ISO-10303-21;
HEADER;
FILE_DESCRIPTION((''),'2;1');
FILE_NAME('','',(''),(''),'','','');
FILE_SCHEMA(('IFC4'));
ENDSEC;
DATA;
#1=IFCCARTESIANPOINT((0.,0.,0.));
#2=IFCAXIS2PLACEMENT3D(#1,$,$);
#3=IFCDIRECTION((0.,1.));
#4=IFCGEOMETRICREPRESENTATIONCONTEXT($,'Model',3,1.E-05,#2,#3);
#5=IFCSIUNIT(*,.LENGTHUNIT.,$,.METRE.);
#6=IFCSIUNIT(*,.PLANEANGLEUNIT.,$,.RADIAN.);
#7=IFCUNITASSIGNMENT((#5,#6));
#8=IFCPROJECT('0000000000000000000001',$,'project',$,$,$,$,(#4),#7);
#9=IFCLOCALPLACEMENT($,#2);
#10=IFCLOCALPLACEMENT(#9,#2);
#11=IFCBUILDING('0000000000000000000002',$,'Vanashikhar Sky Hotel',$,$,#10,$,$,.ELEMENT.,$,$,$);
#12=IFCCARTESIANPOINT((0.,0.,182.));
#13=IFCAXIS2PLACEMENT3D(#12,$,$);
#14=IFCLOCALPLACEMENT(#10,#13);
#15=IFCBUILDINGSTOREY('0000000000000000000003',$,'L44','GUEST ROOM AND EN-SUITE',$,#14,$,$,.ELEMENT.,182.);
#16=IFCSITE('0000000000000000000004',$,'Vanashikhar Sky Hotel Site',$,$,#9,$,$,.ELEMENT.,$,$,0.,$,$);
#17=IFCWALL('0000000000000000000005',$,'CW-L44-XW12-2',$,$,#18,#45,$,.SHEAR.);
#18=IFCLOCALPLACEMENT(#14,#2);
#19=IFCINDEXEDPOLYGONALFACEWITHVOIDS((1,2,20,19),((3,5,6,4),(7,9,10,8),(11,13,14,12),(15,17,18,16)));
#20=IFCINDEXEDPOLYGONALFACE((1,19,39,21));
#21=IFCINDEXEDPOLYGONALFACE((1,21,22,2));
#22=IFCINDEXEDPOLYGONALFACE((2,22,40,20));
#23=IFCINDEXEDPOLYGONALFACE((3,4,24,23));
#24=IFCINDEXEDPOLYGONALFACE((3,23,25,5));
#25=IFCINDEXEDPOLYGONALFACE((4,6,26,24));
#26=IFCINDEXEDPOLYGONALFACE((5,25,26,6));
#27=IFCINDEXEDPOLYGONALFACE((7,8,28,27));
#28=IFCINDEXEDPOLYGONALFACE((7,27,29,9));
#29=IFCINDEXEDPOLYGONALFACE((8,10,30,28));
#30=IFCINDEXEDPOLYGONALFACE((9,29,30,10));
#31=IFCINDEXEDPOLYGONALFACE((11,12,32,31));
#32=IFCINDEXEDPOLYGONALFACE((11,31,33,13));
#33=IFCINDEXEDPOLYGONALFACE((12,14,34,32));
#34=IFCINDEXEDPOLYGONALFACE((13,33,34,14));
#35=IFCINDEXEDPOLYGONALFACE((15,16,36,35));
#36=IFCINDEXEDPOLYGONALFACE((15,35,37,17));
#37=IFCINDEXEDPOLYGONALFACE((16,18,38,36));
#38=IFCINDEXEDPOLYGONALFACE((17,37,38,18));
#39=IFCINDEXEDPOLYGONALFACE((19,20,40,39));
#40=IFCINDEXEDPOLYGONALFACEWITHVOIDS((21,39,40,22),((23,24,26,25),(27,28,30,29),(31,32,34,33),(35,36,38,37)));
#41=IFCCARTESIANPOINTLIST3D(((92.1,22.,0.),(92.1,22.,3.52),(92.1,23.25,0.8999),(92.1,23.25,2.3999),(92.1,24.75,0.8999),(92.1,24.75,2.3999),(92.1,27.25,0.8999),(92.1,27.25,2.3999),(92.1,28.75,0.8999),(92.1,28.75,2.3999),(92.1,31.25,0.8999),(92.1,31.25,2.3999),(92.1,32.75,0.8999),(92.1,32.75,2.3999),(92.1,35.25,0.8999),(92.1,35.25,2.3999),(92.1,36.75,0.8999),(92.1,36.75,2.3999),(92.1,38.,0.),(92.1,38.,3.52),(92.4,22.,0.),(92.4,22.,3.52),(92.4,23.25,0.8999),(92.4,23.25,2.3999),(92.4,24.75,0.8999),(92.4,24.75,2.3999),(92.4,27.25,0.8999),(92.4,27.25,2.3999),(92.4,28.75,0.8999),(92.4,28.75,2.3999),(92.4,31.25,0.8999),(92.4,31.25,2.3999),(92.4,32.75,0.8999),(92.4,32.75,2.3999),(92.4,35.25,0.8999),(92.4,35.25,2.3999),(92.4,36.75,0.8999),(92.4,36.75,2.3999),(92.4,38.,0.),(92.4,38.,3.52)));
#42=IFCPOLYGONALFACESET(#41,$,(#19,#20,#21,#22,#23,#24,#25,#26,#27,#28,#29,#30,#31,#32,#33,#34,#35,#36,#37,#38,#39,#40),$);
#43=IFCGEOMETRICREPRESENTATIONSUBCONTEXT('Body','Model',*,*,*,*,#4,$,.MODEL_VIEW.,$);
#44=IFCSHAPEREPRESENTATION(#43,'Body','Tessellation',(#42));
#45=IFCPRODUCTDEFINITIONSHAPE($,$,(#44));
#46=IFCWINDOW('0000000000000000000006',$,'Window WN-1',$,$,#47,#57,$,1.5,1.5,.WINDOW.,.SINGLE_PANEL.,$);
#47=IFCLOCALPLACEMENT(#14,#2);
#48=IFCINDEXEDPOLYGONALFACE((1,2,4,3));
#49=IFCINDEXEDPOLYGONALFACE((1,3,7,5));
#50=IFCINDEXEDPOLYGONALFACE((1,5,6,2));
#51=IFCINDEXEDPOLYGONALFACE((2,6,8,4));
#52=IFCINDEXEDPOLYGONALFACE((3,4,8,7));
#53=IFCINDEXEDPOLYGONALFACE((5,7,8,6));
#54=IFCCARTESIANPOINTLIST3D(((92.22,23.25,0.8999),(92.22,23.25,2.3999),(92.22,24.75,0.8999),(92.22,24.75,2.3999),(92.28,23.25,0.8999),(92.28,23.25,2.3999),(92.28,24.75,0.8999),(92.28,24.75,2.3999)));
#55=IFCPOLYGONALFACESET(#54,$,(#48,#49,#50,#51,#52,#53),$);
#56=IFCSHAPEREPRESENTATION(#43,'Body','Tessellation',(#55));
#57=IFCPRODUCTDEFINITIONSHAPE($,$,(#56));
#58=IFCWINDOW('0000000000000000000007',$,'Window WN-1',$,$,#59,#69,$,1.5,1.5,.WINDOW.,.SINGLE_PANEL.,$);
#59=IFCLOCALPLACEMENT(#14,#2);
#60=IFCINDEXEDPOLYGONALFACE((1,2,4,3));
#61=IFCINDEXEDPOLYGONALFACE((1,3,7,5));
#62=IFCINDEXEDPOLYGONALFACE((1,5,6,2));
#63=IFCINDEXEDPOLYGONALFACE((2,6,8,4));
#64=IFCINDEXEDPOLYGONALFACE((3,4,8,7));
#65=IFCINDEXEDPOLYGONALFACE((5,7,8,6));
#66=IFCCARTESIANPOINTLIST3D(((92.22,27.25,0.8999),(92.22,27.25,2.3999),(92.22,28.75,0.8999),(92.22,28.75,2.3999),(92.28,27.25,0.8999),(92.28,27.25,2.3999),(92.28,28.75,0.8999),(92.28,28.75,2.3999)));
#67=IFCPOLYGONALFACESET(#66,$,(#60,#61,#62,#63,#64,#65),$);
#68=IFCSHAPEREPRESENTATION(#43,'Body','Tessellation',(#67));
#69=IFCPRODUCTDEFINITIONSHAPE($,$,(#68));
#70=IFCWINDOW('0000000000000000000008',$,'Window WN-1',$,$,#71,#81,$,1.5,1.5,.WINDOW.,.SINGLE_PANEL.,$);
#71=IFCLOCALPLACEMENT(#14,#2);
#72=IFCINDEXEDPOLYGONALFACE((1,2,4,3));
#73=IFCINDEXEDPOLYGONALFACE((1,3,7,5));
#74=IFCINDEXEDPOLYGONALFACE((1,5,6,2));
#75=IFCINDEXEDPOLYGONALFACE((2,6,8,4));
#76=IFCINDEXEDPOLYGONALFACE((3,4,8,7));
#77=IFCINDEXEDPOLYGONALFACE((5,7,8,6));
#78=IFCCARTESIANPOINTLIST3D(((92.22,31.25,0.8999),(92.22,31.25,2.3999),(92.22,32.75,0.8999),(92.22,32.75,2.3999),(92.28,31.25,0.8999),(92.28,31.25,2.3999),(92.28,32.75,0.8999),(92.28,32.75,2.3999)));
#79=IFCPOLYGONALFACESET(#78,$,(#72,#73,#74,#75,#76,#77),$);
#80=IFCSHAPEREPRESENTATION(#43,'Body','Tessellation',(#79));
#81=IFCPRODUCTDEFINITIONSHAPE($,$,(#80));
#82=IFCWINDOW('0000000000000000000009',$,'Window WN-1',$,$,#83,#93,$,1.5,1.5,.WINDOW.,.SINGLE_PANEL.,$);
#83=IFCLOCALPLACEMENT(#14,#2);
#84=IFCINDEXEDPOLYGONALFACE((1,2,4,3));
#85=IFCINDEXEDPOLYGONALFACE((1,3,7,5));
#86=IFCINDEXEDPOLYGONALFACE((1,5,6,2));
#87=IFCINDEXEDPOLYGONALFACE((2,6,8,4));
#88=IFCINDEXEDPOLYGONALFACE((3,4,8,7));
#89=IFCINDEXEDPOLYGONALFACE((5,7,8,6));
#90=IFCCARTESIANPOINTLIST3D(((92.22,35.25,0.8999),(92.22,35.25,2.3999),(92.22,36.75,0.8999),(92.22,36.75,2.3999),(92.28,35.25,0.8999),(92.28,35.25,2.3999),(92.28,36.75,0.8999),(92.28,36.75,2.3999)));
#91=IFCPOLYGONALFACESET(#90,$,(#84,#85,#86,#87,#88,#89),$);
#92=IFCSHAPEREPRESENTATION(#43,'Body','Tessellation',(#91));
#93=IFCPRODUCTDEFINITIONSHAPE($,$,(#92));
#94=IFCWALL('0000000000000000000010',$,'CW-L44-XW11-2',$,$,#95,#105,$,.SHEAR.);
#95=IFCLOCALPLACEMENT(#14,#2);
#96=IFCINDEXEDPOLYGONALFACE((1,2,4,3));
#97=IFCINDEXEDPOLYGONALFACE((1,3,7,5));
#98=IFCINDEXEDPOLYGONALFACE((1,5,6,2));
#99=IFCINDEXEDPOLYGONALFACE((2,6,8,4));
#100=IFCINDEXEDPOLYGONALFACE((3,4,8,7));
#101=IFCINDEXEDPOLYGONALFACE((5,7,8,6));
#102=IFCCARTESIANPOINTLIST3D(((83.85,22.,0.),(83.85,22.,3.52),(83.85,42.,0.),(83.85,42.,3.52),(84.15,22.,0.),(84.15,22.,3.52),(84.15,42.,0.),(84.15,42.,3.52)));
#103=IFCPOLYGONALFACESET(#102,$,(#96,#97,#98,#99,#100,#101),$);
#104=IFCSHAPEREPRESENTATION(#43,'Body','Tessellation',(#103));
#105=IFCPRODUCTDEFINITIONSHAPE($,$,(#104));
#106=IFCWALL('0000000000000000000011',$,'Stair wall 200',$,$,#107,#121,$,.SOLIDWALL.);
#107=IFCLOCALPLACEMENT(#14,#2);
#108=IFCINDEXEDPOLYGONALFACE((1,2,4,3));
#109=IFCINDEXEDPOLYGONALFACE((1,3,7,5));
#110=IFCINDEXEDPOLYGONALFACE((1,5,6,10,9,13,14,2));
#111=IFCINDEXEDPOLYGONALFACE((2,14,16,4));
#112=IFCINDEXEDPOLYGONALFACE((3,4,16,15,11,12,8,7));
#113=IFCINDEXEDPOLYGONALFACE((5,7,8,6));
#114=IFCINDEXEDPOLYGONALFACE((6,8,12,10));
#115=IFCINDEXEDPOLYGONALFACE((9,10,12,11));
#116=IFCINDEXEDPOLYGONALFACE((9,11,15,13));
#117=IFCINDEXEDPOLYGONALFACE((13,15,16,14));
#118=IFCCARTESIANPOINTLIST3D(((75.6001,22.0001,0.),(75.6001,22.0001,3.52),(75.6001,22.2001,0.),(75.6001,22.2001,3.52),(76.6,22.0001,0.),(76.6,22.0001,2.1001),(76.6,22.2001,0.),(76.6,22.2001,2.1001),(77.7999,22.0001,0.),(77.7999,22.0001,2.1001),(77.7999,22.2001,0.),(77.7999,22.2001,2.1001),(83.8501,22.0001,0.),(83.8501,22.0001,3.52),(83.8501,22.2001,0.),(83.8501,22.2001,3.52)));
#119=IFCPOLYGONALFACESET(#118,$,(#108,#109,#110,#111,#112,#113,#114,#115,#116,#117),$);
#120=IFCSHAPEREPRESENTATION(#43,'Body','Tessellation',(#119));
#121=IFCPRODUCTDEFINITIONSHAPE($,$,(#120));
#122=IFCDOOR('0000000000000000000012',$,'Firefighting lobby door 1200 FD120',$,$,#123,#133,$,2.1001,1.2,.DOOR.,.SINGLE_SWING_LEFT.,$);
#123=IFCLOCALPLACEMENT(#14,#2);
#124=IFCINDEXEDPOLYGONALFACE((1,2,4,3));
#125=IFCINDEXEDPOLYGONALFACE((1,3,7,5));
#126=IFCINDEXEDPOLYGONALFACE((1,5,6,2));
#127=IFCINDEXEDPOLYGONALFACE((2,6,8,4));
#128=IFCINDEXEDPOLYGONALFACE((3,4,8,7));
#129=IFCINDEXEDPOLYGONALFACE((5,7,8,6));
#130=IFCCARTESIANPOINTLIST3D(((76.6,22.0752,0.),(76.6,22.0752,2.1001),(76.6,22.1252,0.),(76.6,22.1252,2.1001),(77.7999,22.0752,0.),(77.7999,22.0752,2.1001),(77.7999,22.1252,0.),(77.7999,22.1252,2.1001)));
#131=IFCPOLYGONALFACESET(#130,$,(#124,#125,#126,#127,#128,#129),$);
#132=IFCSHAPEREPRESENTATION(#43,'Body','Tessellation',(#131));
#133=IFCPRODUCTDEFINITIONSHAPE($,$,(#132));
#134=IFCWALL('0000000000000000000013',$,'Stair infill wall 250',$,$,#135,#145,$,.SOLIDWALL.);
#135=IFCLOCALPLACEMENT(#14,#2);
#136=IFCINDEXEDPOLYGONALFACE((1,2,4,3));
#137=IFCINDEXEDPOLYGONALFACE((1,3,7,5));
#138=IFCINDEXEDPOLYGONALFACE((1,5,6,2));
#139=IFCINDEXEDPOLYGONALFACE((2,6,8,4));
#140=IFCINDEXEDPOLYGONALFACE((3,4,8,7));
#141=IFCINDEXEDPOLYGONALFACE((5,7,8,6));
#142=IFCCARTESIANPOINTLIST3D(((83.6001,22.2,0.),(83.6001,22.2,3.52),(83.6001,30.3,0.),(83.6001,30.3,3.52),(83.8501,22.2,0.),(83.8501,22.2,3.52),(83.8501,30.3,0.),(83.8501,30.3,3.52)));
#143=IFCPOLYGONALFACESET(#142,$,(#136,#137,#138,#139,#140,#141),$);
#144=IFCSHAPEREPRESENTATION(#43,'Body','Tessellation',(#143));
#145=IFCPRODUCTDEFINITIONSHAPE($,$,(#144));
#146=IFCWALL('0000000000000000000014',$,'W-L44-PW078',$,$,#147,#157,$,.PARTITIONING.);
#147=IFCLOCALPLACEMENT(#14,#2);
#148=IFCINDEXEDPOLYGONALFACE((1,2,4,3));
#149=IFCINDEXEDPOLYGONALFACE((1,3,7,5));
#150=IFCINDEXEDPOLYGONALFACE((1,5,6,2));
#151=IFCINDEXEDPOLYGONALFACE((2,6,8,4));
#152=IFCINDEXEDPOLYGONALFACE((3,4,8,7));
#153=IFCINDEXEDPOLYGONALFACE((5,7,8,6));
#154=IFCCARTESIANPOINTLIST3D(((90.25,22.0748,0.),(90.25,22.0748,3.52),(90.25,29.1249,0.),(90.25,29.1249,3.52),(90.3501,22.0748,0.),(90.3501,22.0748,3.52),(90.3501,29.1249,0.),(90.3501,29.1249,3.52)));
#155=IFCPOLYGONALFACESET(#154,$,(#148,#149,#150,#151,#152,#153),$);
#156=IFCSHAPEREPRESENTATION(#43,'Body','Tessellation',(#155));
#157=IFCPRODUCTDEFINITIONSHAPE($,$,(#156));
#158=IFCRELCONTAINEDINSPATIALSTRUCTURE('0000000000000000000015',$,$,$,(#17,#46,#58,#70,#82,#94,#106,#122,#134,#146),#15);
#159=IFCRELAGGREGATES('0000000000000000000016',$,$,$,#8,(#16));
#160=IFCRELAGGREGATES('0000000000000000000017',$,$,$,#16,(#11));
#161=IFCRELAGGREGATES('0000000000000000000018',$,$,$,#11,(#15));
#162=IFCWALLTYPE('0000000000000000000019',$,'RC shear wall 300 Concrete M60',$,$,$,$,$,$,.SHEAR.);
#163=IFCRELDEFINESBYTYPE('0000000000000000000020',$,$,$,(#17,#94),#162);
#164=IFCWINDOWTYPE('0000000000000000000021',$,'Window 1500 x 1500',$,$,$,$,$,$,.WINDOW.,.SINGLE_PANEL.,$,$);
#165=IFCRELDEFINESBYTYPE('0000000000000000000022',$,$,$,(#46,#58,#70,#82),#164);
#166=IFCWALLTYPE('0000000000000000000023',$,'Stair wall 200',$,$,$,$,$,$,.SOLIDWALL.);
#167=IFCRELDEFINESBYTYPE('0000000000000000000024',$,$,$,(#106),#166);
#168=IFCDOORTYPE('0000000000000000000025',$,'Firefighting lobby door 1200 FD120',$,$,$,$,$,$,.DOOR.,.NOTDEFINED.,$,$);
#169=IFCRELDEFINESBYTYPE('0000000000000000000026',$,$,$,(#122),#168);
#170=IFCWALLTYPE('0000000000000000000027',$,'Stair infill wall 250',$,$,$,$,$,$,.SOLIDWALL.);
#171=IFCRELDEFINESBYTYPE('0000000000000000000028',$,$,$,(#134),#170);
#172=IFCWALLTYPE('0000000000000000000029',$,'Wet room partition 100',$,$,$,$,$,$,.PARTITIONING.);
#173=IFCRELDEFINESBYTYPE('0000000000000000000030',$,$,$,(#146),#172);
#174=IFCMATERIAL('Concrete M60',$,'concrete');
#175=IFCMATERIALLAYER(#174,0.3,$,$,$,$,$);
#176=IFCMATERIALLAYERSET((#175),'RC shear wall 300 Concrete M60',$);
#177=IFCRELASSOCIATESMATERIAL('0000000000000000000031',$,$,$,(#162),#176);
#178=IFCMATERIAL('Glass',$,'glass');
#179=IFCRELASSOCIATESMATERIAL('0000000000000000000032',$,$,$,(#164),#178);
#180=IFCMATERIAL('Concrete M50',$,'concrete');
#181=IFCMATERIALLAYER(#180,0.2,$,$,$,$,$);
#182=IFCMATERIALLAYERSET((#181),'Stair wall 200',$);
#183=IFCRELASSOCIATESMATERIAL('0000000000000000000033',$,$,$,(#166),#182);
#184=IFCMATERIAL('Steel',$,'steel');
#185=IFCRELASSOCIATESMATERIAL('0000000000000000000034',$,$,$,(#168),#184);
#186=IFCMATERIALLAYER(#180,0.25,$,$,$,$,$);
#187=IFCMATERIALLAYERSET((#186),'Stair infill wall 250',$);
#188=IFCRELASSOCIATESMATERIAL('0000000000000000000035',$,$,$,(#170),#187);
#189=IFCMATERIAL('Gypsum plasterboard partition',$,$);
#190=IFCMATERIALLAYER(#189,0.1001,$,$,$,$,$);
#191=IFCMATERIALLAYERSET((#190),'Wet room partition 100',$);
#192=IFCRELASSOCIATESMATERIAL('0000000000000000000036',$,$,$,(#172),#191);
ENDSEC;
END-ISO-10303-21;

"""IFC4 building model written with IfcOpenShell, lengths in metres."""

from ifc_helpers import new_model, si_unit, direction, frame, frame_2d, origin, place, context, subcontext, project, spatial, rectangle, extrude, source, transform, mapped, material, layer, layer_set, type_object, element, fill, save


model = new_model("IFC4")

# Units and contexts
model_context = context("Model", 3, precision=1e-05, world=origin(), true_north=direction((0.0, 1.0)))
body_context = subcontext(model_context, "Body", "Model", "MODEL_VIEW")
ifc_project = project(units=[si_unit("LENGTHUNIT", "METRE"), si_unit("PLANEANGLEUNIT", "RADIAN")], contexts=[model_context])

# Site, building, storey
site_placement = place(None, origin())
site = spatial("IfcSite", under=ifc_project, at=site_placement, Name="Vanashikhar Sky Hotel Site", CompositionType="ELEMENT", RefElevation=0.0)
building_placement = place(site_placement, origin())
building = spatial("IfcBuilding", under=site, at=building_placement, Name="Vanashikhar Sky Hotel", CompositionType="ELEMENT")
storey_placement = place(building_placement, frame((0.0, 0.0, 182.0)))
storey = spatial("IfcBuildingStorey", under=building, at=storey_placement, Name="L44", Description="GUEST ROOM AND EN-SUITE", CompositionType="ELEMENT", Elevation=182.0)

# Wall, openings, windows
ifc_material_1 = material(Name="Concrete M60", Category="concrete")
ifc_layer_1 = layer(ifc_material_1, 0.3)
ifc_layer_set_1 = layer_set([ifc_layer_1], Name="RC shear wall 300 Concrete M60")
wall_type_1 = type_object("IfcWallType", Name="RC shear wall 300 Concrete M60", PredefinedType="SHEAR", material=ifc_layer_set_1)
shared_shape_1 = source(origin(), body_context, "Body", "SweptSolid", [
    extrude(rectangle(XDim=16.0, YDim=0.3, at=frame_2d((8.0, 0.0))), origin(), (0.0, 0.0, 1.0), 3.52),
])
wall_1_placement = place(storey_placement, frame((92.25, 22.0, 0.0), z_axis=(0.0, 0.0, 1.0), x_axis=(0.0, 1.0, 0.0)))
wall_1 = element("IfcWall", 1, at=wall_1_placement, inside=storey, type_object=wall_type_1, Name="CW-L44-XW12-2", PredefinedType="SHEAR", context=body_context, shape_type="MappedRepresentation", body=[
    mapped(shared_shape_1, transform((0.0, 0.0, 0.0), scale=1.0)),
])
shared_shape_2 = source(origin(), body_context, "Body", "SweptSolid", [
    extrude(rectangle(XDim=1.5, YDim=1.5, at=frame_2d((0.75, 0.75))), frame((0.0, 0.1602, 0.0), z_axis=(0.0, -1.0, 0.0), x_axis=(1.0, 0.0, 0.0)), (0.0, 0.0, 1.0), 0.3201),
])
opening_1_placement = place(wall_1_placement, frame((1.25, 0.0, 0.8999)))
opening_1 = element("IfcOpeningElement", 2, at=opening_1_placement, cuts=wall_1, PredefinedType="OPENING", context=body_context, shape_type="MappedRepresentation", body=[
    mapped(shared_shape_2, transform((0.0, 0.0, 0.0), scale=1.0)),
])
opening_2_placement = place(wall_1_placement, frame((5.25, 0.0, 0.8999)))
opening_2 = element("IfcOpeningElement", 3, at=opening_2_placement, cuts=wall_1, PredefinedType="OPENING", context=body_context, shape_type="MappedRepresentation", body=[
    mapped(shared_shape_2, transform((0.0, 0.0, 0.0), scale=1.0)),
])
opening_3_placement = place(wall_1_placement, frame((9.25, 0.0, 0.8999)))
opening_3 = element("IfcOpeningElement", 4, at=opening_3_placement, cuts=wall_1, PredefinedType="OPENING", context=body_context, shape_type="MappedRepresentation", body=[
    mapped(shared_shape_2, transform((0.0, 0.0, 0.0), scale=1.0)),
])
opening_4_placement = place(wall_1_placement, frame((13.25, 0.0, 0.8999)))
opening_4 = element("IfcOpeningElement", 5, at=opening_4_placement, cuts=wall_1, PredefinedType="OPENING", context=body_context, shape_type="MappedRepresentation", body=[
    mapped(shared_shape_2, transform((0.0, 0.0, 0.0), scale=1.0)),
])
ifc_material_2 = material(Name="Glass", Category="glass")
window_type = type_object("IfcWindowType", Name="Window 1500 x 1500", PartitioningType="SINGLE_PANEL", PredefinedType="WINDOW", material=ifc_material_2)
shared_shape_3 = source(origin(), body_context, "Body", "SweptSolid", [
    extrude(rectangle(XDim=1.5, YDim=1.5, at=frame_2d((0.75, 0.75))), frame((0.0, 0.03, 0.0), z_axis=(0.0, -1.0, 0.0), x_axis=(1.0, 0.0, 0.0)), (0.0, 0.0, 1.0), 0.0601),
])
window_1_placement = place(opening_1_placement, origin())
window_1 = element("IfcWindow", 6, at=window_1_placement, inside=storey, type_object=window_type, Name="Window WN-1", OverallHeight=1.5, OverallWidth=1.5, PartitioningType="SINGLE_PANEL", PredefinedType="WINDOW", context=body_context, shape_type="MappedRepresentation", body=[
    mapped(shared_shape_3, transform((0.0, 0.0, 0.0), scale=1.0)),
])
fill(opening_1, window_1)
window_2_placement = place(opening_2_placement, origin())
window_2 = element("IfcWindow", 7, at=window_2_placement, inside=storey, type_object=window_type, Name="Window WN-1", OverallHeight=1.5, OverallWidth=1.5, PartitioningType="SINGLE_PANEL", PredefinedType="WINDOW", context=body_context, shape_type="MappedRepresentation", body=[
    mapped(shared_shape_3, transform((0.0, 0.0, 0.0), scale=1.0)),
])
fill(opening_2, window_2)
window_3_placement = place(opening_3_placement, origin())
window_3 = element("IfcWindow", 8, at=window_3_placement, inside=storey, type_object=window_type, Name="Window WN-1", OverallHeight=1.5, OverallWidth=1.5, PartitioningType="SINGLE_PANEL", PredefinedType="WINDOW", context=body_context, shape_type="MappedRepresentation", body=[
    mapped(shared_shape_3, transform((0.0, 0.0, 0.0), scale=1.0)),
])
fill(opening_3, window_3)
window_4_placement = place(opening_4_placement, origin())
window_4 = element("IfcWindow", 9, at=window_4_placement, inside=storey, type_object=window_type, Name="Window WN-1", OverallHeight=1.5, OverallWidth=1.5, PartitioningType="SINGLE_PANEL", PredefinedType="WINDOW", context=body_context, shape_type="MappedRepresentation", body=[
    mapped(shared_shape_3, transform((0.0, 0.0, 0.0), scale=1.0)),
])
fill(opening_4, window_4)

# Wall
shared_shape_4 = source(origin(), body_context, "Body", "SweptSolid", [
    extrude(rectangle(XDim=20.0, YDim=0.3, at=frame_2d((10.0, 0.0))), origin(), (0.0, 0.0, 1.0), 3.52),
])
wall_2_placement = place(storey_placement, frame((84.0, 22.0, 0.0), z_axis=(0.0, 0.0, 1.0), x_axis=(0.0, 1.0, 0.0)))
element("IfcWall", 10, at=wall_2_placement, inside=storey, type_object=wall_type_1, Name="CW-L44-XW11-2", PredefinedType="SHEAR", context=body_context, shape_type="MappedRepresentation", body=[
    mapped(shared_shape_4, transform((0.0, 0.0, 0.0), scale=1.0)),
])

# Wall, opening, door
ifc_material_3 = material(Name="Concrete M50", Category="concrete")
ifc_layer_2 = layer(ifc_material_3, 0.2)
ifc_layer_set_2 = layer_set([ifc_layer_2], Name="Stair wall 200")
wall_type_2 = type_object("IfcWallType", Name="Stair wall 200", PredefinedType="SOLIDWALL", material=ifc_layer_set_2)
shared_shape_5 = source(origin(), body_context, "Body", "SweptSolid", [
    extrude(rectangle(XDim=8.25, YDim=0.2, at=frame_2d((4.125, 0.0))), origin(), (0.0, 0.0, 1.0), 3.52),
])
wall_3_placement = place(storey_placement, frame((83.8501, 22.1001, 0.0), z_axis=(0.0, 0.0, 1.0), x_axis=(-1.0, 0.0, 0.0)))
wall_3 = element("IfcWall", 11, at=wall_3_placement, inside=storey, type_object=wall_type_2, Name="Stair wall 200", PredefinedType="SOLIDWALL", context=body_context, shape_type="MappedRepresentation", body=[
    mapped(shared_shape_5, transform((0.0, 0.0, 0.0), scale=1.0)),
])
shared_shape_6 = source(origin(), body_context, "Body", "SweptSolid", [
    extrude(rectangle(XDim=1.2, YDim=2.1001, at=frame_2d((0.6001, 1.05))), frame((0.0, 0.1099, 0.0), z_axis=(0.0, -1.0, 0.0), x_axis=(1.0, 0.0, 0.0)), (0.0, 0.0, 1.0), 0.22),
])
opening_5_placement = place(wall_3_placement, frame((6.05, 0.0, 0.0)))
opening_5 = element("IfcOpeningElement", 12, at=opening_5_placement, cuts=wall_3, PredefinedType="OPENING", context=body_context, shape_type="MappedRepresentation", body=[
    mapped(shared_shape_6, transform((0.0, 0.0, 0.0), scale=1.0)),
])
ifc_material_4 = material(Name="Steel", Category="steel")
door_type_1 = type_object("IfcDoorType", Name="Firefighting lobby door 1200 FD120", OperationType="NOTDEFINED", PredefinedType="DOOR", material=ifc_material_4)
shared_shape_7 = source(origin(), body_context, "Body", "SweptSolid", [
    extrude(rectangle(XDim=1.2, YDim=2.1001, at=frame_2d((0.6001, 1.05))), frame((0.0, 0.0249, 0.0), z_axis=(0.0, -1.0, 0.0), x_axis=(1.0, 0.0, 0.0)), (0.0, 0.0, 1.0), 0.05),
])
door_1_placement = place(opening_5_placement, origin())
door_1 = element("IfcDoor", 13, at=door_1_placement, inside=storey, type_object=door_type_1, Name="Firefighting lobby door 1200 FD120", OperationType="SINGLE_SWING_LEFT", OverallHeight=2.1001, OverallWidth=1.2, PredefinedType="DOOR", context=body_context, shape_type="MappedRepresentation", body=[
    mapped(shared_shape_7, transform((0.0, 0.0, 0.0), scale=1.0)),
])
fill(opening_5, door_1)

# Walls
ifc_layer_3 = layer(ifc_material_3, 0.25)
ifc_layer_set_3 = layer_set([ifc_layer_3], Name="Stair infill wall 250")
wall_type_3 = type_object("IfcWallType", Name="Stair infill wall 250", PredefinedType="SOLIDWALL", material=ifc_layer_set_3)
shared_shape_8 = source(origin(), body_context, "Body", "SweptSolid", [
    extrude(rectangle(XDim=8.1001, YDim=0.25, at=frame_2d((4.05, 0.0))), origin(), (0.0, 0.0, 1.0), 3.52),
])
wall_4_placement = place(storey_placement, frame((83.7251, 22.2, 0.0), z_axis=(0.0, 0.0, 1.0), x_axis=(0.0, 1.0, 0.0)))
element("IfcWall", 14, at=wall_4_placement, inside=storey, type_object=wall_type_3, Name="Stair infill wall 250", PredefinedType="SOLIDWALL", context=body_context, shape_type="MappedRepresentation", body=[
    mapped(shared_shape_8, transform((0.0, 0.0, 0.0), scale=1.0)),
])
ifc_material_5 = material(Name="Gypsum plasterboard partition")
ifc_layer_4 = layer(ifc_material_5, 0.1001)
ifc_layer_set_4 = layer_set([ifc_layer_4], Name="Wet room partition 100")
wall_type_4 = type_object("IfcWallType", Name="Wet room partition 100", PredefinedType="PARTITIONING", material=ifc_layer_set_4)
shared_shape_9 = source(origin(), body_context, "Body", "SweptSolid", [
    extrude(rectangle(XDim=7.05, YDim=0.1001, at=frame_2d((3.5249, 0.0))), origin(), (0.0, 0.0, 1.0), 3.52),
])
for number, where, z_axis, x_axis, name in (
    (15, (90.3, 22.075, 0.0), (0.0, 0.0, 1.0), (0.0, 1.0, 0.0), "W-L44-PW078"),
):
    element("IfcWall", number, at=place(storey_placement, frame(where, z_axis=z_axis, x_axis=x_axis)), inside=storey, type_object=wall_type_4, Name=name, PredefinedType="PARTITIONING", context=body_context, shape_type="MappedRepresentation", body=[
        mapped(shared_shape_9, transform((0.0, 0.0, 0.0), scale=1.0)),
    ])

save(model, "model.ifc")
